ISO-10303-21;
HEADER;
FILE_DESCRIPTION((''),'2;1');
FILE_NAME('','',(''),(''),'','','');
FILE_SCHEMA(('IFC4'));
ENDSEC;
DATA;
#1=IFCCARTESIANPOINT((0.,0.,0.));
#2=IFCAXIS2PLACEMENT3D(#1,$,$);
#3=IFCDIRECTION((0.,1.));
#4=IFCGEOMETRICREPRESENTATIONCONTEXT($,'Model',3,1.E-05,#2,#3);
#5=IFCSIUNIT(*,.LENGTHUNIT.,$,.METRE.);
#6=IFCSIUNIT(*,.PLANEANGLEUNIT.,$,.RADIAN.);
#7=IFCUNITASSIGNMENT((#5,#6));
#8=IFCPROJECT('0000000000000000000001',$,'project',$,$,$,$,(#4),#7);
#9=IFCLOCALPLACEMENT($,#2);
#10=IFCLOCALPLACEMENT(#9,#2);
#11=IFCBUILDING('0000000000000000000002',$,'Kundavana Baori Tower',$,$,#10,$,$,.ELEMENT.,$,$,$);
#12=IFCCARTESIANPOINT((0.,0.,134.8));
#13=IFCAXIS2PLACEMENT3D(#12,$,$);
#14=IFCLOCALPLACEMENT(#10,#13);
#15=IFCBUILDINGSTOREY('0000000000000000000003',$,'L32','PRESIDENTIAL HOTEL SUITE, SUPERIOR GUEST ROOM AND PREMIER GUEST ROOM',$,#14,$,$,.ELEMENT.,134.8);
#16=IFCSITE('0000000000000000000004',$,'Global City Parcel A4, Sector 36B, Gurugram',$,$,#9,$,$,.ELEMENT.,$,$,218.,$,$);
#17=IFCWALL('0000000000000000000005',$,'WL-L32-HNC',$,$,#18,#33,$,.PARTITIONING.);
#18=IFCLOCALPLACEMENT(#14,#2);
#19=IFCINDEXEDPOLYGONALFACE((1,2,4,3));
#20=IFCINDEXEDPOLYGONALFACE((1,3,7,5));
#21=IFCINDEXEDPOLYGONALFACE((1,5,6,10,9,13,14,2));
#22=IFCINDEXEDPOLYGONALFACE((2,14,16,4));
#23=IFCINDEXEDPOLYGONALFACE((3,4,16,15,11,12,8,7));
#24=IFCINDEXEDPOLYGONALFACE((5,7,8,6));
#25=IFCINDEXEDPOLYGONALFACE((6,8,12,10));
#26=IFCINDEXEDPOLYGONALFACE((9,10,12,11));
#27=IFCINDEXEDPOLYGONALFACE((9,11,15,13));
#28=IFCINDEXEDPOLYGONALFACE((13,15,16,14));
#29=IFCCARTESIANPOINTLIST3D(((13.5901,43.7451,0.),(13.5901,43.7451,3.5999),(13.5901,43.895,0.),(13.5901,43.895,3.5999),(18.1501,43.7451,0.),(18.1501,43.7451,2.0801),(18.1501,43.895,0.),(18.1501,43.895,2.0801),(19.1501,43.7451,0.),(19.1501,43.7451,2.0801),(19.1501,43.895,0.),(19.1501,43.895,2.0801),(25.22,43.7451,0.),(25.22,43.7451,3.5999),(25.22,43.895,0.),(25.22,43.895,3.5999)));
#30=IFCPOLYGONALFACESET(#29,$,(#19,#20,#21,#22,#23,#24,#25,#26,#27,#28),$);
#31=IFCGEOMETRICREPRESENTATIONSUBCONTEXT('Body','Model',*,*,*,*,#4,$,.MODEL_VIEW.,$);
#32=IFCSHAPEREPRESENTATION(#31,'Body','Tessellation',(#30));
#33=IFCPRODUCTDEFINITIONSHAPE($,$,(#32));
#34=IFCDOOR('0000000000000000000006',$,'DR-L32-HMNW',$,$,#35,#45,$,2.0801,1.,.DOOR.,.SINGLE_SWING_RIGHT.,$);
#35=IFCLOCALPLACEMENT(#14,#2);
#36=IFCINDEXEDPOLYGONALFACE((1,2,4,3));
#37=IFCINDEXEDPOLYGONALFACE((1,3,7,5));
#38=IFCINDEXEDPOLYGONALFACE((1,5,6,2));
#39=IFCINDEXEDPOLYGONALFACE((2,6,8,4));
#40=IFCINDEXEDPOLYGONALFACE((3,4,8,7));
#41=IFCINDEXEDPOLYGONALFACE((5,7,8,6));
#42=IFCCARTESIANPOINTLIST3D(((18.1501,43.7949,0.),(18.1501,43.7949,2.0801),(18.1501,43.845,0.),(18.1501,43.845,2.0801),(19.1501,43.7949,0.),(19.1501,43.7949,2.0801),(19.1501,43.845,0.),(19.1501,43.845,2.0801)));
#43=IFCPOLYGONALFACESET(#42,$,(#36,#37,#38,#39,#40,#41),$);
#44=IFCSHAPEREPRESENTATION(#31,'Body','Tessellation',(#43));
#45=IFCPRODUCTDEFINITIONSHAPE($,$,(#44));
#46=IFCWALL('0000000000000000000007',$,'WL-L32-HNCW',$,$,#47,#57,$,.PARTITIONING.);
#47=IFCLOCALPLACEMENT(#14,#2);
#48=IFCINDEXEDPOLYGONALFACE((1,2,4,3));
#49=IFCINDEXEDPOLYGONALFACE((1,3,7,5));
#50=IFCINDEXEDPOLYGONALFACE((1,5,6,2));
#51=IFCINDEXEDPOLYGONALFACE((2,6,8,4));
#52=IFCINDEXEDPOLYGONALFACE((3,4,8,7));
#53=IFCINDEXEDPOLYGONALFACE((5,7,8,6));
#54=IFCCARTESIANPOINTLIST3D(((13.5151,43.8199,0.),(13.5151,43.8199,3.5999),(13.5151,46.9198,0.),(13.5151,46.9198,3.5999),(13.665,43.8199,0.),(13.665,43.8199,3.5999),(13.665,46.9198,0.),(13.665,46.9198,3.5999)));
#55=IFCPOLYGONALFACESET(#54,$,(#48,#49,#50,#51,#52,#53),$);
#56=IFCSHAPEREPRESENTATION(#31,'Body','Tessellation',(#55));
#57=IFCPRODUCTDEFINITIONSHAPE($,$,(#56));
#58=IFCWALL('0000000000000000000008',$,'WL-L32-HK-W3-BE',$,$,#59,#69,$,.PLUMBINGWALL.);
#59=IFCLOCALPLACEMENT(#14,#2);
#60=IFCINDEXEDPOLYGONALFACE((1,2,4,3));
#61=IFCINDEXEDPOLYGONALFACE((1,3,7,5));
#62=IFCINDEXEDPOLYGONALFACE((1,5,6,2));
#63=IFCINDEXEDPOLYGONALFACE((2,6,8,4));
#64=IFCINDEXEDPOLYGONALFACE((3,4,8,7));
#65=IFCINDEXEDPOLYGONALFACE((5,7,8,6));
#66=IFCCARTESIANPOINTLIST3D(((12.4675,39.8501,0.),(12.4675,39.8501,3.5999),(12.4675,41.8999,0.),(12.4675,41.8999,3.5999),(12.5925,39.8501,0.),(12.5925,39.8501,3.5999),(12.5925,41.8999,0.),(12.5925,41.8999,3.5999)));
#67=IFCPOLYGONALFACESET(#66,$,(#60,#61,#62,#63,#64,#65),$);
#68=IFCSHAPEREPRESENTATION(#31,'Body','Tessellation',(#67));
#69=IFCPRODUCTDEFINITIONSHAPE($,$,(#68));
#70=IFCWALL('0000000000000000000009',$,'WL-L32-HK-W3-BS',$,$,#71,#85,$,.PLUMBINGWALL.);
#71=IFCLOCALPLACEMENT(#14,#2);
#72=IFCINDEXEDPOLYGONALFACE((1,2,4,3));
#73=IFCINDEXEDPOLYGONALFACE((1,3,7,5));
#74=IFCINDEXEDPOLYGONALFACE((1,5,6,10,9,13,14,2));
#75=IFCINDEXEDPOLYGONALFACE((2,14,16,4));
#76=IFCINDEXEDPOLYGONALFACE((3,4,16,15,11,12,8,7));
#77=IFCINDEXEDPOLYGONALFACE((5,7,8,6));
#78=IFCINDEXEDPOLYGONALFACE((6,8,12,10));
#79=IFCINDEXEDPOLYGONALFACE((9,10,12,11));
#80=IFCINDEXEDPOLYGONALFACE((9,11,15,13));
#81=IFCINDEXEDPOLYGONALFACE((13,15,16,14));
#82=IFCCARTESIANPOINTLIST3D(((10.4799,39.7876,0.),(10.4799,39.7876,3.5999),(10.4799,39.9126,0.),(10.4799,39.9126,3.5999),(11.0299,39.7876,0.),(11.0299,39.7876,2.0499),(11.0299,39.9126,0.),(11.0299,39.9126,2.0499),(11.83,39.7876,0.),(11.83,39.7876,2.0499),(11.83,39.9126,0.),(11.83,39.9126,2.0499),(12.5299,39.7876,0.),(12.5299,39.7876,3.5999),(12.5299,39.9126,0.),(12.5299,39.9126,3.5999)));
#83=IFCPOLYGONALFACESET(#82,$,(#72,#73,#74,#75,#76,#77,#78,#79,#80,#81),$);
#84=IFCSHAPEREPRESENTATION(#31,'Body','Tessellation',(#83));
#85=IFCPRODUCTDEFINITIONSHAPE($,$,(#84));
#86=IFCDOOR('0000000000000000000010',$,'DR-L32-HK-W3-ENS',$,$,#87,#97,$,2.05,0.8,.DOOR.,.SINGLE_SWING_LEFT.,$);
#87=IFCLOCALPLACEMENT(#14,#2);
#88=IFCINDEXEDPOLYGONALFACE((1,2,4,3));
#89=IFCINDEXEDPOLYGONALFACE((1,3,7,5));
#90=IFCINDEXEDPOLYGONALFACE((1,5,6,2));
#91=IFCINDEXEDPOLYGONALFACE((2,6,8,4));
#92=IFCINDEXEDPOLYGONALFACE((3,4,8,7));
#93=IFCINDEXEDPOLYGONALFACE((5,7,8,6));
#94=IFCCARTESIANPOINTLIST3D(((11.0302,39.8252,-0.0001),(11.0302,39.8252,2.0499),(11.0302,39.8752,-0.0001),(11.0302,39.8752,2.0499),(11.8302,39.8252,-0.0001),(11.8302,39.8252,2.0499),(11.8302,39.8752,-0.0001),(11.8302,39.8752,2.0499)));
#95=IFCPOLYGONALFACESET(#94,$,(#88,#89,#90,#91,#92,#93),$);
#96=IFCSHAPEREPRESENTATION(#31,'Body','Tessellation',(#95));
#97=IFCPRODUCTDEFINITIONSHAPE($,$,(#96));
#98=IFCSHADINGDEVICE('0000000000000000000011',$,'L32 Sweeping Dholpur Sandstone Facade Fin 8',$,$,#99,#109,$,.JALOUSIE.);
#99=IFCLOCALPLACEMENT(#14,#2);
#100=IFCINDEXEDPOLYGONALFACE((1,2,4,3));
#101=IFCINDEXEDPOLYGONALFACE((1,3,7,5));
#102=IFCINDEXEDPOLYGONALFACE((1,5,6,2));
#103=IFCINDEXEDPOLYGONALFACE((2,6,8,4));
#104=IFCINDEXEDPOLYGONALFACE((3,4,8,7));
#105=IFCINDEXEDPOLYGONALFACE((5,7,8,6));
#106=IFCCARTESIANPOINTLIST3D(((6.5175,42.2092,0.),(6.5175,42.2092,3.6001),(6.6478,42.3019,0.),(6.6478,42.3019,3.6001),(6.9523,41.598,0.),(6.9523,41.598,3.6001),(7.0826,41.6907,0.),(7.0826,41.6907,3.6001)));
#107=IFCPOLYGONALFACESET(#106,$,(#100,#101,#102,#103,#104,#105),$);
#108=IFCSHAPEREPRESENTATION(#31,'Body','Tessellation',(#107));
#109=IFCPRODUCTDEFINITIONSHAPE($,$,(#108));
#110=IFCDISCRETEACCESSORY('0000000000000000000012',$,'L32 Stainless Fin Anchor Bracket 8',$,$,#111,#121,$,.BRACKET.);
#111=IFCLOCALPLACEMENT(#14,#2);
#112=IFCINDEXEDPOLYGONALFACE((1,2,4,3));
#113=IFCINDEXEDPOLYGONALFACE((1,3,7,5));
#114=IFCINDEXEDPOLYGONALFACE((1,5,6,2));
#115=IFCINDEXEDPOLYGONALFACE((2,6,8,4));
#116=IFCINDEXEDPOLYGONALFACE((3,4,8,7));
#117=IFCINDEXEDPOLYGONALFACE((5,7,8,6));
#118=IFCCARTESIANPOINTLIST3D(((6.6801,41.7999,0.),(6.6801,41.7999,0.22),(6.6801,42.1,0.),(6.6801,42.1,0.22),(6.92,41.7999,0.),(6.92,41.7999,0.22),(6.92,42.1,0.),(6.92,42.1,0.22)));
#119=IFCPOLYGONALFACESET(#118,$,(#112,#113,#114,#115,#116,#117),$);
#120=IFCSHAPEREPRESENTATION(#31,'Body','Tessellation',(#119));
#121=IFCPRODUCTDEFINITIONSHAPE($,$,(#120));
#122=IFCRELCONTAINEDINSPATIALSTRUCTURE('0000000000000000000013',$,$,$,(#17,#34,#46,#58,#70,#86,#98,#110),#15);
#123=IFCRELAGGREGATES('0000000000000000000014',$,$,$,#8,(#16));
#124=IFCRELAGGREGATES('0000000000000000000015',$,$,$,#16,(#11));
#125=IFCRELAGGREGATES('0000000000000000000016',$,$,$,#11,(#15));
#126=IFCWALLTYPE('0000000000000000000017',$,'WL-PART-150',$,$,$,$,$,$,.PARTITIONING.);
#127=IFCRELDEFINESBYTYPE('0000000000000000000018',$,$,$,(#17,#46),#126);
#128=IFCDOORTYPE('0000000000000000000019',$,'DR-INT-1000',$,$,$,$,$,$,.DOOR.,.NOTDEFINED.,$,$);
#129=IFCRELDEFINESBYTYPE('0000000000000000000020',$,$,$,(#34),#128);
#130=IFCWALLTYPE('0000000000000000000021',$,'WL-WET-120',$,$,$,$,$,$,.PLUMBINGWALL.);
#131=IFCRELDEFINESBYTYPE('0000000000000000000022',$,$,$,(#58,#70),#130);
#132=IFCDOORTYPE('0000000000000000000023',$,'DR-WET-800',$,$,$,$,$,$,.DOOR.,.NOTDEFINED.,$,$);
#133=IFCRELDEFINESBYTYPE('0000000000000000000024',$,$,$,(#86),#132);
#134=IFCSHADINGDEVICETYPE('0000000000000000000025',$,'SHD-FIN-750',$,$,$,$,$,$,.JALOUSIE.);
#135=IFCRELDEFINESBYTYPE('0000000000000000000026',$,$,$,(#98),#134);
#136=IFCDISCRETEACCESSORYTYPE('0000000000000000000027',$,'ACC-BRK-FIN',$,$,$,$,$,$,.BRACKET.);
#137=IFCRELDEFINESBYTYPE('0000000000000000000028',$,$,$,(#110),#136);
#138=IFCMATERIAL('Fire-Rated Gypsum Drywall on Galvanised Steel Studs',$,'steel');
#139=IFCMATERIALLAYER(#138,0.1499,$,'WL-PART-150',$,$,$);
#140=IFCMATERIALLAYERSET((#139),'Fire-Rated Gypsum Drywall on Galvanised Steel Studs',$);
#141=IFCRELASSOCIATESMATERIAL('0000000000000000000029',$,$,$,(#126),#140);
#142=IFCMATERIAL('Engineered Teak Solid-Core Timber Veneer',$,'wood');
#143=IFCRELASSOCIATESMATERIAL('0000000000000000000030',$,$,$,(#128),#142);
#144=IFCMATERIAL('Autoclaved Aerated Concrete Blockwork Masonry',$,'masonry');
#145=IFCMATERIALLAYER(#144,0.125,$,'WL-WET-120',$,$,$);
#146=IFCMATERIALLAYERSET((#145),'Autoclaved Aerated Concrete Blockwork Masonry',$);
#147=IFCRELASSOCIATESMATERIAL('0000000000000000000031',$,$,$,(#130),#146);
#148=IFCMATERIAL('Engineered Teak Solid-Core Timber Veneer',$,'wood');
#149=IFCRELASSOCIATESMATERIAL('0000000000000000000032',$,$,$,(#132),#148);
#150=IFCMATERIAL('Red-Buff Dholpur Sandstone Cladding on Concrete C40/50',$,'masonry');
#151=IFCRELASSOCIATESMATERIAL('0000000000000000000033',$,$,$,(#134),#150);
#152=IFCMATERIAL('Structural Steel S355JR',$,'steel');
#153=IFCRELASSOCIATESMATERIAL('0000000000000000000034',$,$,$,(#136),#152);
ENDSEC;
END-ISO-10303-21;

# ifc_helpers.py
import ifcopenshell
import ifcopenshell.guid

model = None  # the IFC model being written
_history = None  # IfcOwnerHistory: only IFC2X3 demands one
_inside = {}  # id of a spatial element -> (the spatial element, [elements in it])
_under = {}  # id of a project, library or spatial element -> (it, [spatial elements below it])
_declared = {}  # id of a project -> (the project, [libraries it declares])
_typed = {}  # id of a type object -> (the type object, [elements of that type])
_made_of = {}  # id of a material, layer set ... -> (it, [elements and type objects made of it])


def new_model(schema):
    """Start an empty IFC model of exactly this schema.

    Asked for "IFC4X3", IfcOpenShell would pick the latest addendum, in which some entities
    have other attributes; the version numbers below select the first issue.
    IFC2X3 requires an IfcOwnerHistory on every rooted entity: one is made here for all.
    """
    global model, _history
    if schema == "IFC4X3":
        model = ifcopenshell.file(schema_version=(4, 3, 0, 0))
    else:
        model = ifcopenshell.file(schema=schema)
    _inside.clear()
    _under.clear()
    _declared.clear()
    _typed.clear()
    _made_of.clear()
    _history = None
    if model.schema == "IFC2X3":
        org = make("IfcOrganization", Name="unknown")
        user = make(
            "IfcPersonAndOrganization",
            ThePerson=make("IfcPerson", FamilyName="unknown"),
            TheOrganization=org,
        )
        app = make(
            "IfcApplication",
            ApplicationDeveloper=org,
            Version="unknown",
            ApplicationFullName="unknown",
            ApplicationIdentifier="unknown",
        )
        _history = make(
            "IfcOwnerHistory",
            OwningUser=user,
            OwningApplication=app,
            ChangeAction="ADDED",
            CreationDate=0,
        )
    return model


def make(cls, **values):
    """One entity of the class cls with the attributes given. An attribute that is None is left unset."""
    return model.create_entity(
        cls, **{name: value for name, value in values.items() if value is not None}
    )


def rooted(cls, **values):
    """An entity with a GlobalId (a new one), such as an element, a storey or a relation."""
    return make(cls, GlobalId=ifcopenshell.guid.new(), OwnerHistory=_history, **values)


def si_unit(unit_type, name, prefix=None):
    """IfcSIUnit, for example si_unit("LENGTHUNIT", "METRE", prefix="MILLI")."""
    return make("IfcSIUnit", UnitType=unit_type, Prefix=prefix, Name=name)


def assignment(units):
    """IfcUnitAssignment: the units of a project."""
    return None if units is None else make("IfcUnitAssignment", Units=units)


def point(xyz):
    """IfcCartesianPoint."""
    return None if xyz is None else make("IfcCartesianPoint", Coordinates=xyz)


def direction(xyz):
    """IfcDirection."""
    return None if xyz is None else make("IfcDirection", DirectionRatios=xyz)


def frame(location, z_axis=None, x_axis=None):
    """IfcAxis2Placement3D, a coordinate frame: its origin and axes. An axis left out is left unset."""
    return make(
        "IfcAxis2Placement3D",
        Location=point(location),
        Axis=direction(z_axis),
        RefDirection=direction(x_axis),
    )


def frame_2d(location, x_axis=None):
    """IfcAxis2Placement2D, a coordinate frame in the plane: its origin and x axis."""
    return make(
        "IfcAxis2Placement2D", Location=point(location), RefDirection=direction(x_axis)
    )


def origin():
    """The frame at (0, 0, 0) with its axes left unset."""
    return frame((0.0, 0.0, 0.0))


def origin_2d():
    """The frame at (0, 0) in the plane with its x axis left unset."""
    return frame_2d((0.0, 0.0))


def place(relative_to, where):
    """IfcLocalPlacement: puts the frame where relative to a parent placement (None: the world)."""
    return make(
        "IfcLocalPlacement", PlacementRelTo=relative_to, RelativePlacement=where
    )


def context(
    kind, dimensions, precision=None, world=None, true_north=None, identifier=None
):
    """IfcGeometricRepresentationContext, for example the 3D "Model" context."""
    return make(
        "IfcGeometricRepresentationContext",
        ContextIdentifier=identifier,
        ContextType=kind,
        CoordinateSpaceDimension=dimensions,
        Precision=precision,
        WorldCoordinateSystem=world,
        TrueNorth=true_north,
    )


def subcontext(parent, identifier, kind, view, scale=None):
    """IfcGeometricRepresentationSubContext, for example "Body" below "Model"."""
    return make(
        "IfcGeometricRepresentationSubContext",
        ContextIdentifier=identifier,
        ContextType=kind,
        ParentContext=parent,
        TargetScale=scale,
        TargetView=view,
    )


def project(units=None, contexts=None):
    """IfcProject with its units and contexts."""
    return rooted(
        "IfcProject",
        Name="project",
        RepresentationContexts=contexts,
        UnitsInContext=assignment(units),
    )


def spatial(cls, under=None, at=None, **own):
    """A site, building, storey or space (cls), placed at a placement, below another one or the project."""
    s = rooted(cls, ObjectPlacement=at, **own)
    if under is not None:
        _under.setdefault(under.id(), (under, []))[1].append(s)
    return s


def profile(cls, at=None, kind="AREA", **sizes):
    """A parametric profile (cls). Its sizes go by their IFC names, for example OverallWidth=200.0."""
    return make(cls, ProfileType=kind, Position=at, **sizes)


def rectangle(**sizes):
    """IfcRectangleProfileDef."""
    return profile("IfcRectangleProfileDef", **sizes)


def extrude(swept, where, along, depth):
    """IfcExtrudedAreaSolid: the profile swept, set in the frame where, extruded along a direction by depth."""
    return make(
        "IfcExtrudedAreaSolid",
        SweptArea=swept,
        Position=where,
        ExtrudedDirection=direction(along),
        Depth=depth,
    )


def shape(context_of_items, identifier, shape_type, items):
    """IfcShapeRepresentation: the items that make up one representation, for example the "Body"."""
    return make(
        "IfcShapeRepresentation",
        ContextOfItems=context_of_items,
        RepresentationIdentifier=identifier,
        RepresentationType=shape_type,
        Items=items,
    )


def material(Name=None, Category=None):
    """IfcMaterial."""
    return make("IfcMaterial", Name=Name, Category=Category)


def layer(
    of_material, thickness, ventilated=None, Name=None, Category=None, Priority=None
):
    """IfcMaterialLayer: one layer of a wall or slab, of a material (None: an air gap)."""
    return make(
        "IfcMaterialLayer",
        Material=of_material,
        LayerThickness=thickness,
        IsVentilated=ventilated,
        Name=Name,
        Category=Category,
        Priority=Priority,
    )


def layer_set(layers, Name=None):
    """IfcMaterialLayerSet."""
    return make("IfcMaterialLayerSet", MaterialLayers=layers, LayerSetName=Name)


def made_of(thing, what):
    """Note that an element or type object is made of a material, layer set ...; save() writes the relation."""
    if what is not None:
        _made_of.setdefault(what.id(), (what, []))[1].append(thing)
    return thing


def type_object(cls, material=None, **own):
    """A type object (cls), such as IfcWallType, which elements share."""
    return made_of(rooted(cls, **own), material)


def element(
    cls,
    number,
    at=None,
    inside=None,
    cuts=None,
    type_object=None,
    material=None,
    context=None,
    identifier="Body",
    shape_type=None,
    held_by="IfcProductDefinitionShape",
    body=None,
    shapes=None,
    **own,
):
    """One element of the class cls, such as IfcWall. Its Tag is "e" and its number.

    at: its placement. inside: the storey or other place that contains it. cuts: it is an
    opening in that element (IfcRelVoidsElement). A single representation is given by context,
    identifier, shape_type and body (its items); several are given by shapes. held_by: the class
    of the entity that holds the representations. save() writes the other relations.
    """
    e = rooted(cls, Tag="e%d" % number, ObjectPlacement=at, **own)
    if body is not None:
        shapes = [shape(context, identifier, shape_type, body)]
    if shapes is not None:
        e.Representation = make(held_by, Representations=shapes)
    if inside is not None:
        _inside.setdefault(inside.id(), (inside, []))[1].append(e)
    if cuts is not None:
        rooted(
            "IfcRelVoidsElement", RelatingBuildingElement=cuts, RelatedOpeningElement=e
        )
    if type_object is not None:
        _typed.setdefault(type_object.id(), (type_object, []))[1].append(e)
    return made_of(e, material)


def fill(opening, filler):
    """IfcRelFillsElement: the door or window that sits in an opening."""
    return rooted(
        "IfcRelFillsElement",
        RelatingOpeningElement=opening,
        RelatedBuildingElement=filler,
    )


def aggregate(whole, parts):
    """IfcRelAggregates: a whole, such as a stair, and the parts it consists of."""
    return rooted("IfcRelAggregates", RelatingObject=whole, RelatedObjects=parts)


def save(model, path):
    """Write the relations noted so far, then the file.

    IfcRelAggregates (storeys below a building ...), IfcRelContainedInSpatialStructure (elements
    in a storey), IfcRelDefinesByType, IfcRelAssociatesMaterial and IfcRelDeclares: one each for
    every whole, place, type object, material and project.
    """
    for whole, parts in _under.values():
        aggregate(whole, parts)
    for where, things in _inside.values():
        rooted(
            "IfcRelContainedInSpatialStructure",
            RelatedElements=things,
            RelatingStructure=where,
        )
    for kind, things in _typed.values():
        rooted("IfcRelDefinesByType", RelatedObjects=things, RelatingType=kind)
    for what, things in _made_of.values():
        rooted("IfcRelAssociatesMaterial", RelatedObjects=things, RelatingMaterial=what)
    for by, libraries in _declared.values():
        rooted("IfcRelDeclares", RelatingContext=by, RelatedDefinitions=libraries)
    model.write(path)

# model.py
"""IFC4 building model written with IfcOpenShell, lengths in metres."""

from ifc_helpers import new_model, si_unit, direction, frame, frame_2d, origin, origin_2d, place, context, subcontext, project, spatial, rectangle, extrude, material, layer, layer_set, type_object, element, fill, save


model = new_model("IFC4")

# Units and contexts
model_context = context("Model", 3, precision=1e-05, world=origin(), true_north=direction((0.0, 1.0)))
body_context = subcontext(model_context, "Body", "Model", "MODEL_VIEW")
ifc_project = project(units=[si_unit("LENGTHUNIT", "METRE"), si_unit("PLANEANGLEUNIT", "RADIAN")], contexts=[model_context])

# Site, building, storey
site_placement = place(None, origin())
site = spatial("IfcSite", under=ifc_project, at=site_placement, Name="Global City Parcel A4, Sector 36B, Gurugram", CompositionType="ELEMENT", RefElevation=218.0)
building_placement = place(site_placement, origin())
building = spatial("IfcBuilding", under=site, at=building_placement, Name="Kundavana Baori Tower", CompositionType="ELEMENT")
storey_placement = place(building_placement, frame((0.0, 0.0, 134.8)))
storey = spatial("IfcBuildingStorey", under=building, at=storey_placement, Name="L32", Description="PRESIDENTIAL HOTEL SUITE, SUPERIOR GUEST ROOM AND PREMIER GUEST ROOM", CompositionType="ELEMENT", Elevation=134.8)

# Shared definitions
ifc_material_1 = material(Name="Fire-Rated Gypsum Drywall on Galvanised Steel Studs", Category="steel")
ifc_layer_1 = layer(ifc_material_1, 0.1499, Name="WL-PART-150")
ifc_layer_set_1 = layer_set([ifc_layer_1], Name="Fire-Rated Gypsum Drywall on Galvanised Steel Studs")
wall_type_1 = type_object("IfcWallType", Name="WL-PART-150", PredefinedType="PARTITIONING", material=ifc_layer_set_1)

# Wall, opening, door
wall_1_placement = place(storey_placement, frame((13.5901, 43.8201, 0.0), z_axis=(0.0, 0.0, 1.0), x_axis=(1.0, 0.0, 0.0)))
wall_1 = element("IfcWall", 1, at=wall_1_placement, inside=storey, type_object=wall_type_1, Name="WL-L32-HNC", PredefinedType="PARTITIONING", context=body_context, shape_type="SweptSolid", body=[
    extrude(rectangle(XDim=11.6299, YDim=0.1499, at=frame_2d((5.8149, 0.0))), origin(), (0.0, 0.0, 1.0), 3.5999),
])
opening_1_placement = place(wall_1_placement, frame((4.5601, 0.0, 0.0)))
opening_1 = element("IfcOpeningElement", 2, at=opening_1_placement, cuts=wall_1, PredefinedType="OPENING", context=body_context, shape_type="SweptSolid", body=[
    extrude(rectangle(XDim=1.0, YDim=2.0801, at=frame_2d((0.5, 1.04))), frame((0.0, 0.085, 0.0), z_axis=(0.0, -1.0, 0.0), x_axis=(1.0, 0.0, 0.0)), (0.0, 0.0, 1.0), 0.1699),
])
ifc_material_2 = material(Name="Engineered Teak Solid-Core Timber Veneer", Category="wood")
door_type_1 = type_object("IfcDoorType", Name="DR-INT-1000", OperationType="NOTDEFINED", PredefinedType="DOOR", material=ifc_material_2)
door_1_placement = place(opening_1_placement, origin())
door_1 = element("IfcDoor", 3, at=door_1_placement, inside=storey, type_object=door_type_1, Name="DR-L32-HMNW", OperationType="SINGLE_SWING_RIGHT", OverallHeight=2.0801, OverallWidth=1.0, PredefinedType="DOOR", context=body_context, shape_type="SweptSolid", body=[
    extrude(rectangle(XDim=1.0, YDim=2.0801, at=frame_2d((0.5, 1.04))), frame((0.0, 0.0249, 0.0), z_axis=(0.0, -1.0, 0.0), x_axis=(1.0, 0.0, 0.0)), (0.0, 0.0, 1.0), 0.05),
])
fill(opening_1, door_1)

# Walls
wall_2_placement = place(storey_placement, frame((13.5901, 43.8201, 0.0), z_axis=(0.0, 0.0, 1.0), x_axis=(0.0, 1.0, 0.0)))
element("IfcWall", 4, at=wall_2_placement, inside=storey, type_object=wall_type_1, Name="WL-L32-HNCW", PredefinedType="PARTITIONING", context=body_context, shape_type="SweptSolid", body=[
    extrude(rectangle(XDim=3.0999, YDim=0.1499, at=frame_2d((1.5498, 0.0))), origin(), (0.0, 0.0, 1.0), 3.5999),
])
ifc_material_3 = material(Name="Autoclaved Aerated Concrete Blockwork Masonry", Category="masonry")
ifc_layer_2 = layer(ifc_material_3, 0.125, Name="WL-WET-120")
ifc_layer_set_2 = layer_set([ifc_layer_2], Name="Autoclaved Aerated Concrete Blockwork Masonry")
wall_type_2 = type_object("IfcWallType", Name="WL-WET-120", PredefinedType="PLUMBINGWALL", material=ifc_layer_set_2)
wall_3_placement = place(storey_placement, frame((12.53, 39.8501, 0.0), z_axis=(0.0, 0.0, 1.0), x_axis=(0.0, 1.0, 0.0)))
element("IfcWall", 5, at=wall_3_placement, inside=storey, type_object=wall_type_2, Name="WL-L32-HK-W3-BE", PredefinedType="PLUMBINGWALL", context=body_context, shape_type="SweptSolid", body=[
    extrude(rectangle(XDim=2.0498, YDim=0.125, at=frame_2d((1.0249, 0.0))), origin(), (0.0, 0.0, 1.0), 3.5999),
])

# Wall, opening, door
wall_4_placement = place(storey_placement, frame((10.48, 39.8501, 0.0), z_axis=(0.0, 0.0, 1.0), x_axis=(1.0, 0.0, 0.0)))
wall_4 = element("IfcWall", 6, at=wall_4_placement, inside=storey, type_object=wall_type_2, Name="WL-L32-HK-W3-BS", PredefinedType="PLUMBINGWALL", context=body_context, shape_type="SweptSolid", body=[
    extrude(rectangle(XDim=2.05, YDim=0.125, at=frame_2d((1.0249, 0.0))), origin(), (0.0, 0.0, 1.0), 3.5999),
])
opening_2_placement = place(wall_4_placement, frame((0.55, 0.0, 0.0)))
opening_2 = element("IfcOpeningElement", 7, at=opening_2_placement, cuts=wall_4, PredefinedType="OPENING", context=body_context, shape_type="SweptSolid", body=[
    extrude(rectangle(XDim=0.8, YDim=2.05, at=frame_2d((0.3999, 1.0249))), frame((0.0, 0.0725, 0.0), z_axis=(0.0, -1.0, 0.0), x_axis=(1.0, 0.0, 0.0)), (0.0, 0.0, 1.0), 0.145),
])
ifc_material_4 = material(Name="Engineered Teak Solid-Core Timber Veneer", Category="wood")
door_type_2 = type_object("IfcDoorType", Name="DR-WET-800", OperationType="NOTDEFINED", PredefinedType="DOOR", material=ifc_material_4)
door_2_placement = place(opening_2_placement, frame((0.8, 0.0, 0.0), z_axis=(0.0, 0.0, 1.0), x_axis=(-1.0, 0.0, 0.0)))
door_2 = element("IfcDoor", 8, at=door_2_placement, inside=storey, type_object=door_type_2, Name="DR-L32-HK-W3-ENS", OperationType="SINGLE_SWING_LEFT", OverallHeight=2.05, OverallWidth=0.8, PredefinedType="DOOR", context=body_context, shape_type="SweptSolid", body=[
    extrude(rectangle(XDim=0.8, YDim=2.05, at=frame_2d((0.3999, 1.0249))), frame((0.0, 0.0249, 0.0), z_axis=(0.0, -1.0, 0.0), x_axis=(1.0, 0.0, 0.0)), (0.0, 0.0, 1.0), 0.05),
])
fill(opening_2, door_2)

# Shading device
ifc_material_5 = material(Name="Red-Buff Dholpur Sandstone Cladding on Concrete C40/50", Category="masonry")
shading_device_type = type_object("IfcShadingDeviceType", Name="SHD-FIN-750", PredefinedType="JALOUSIE", material=ifc_material_5)
shading_device_placement = place(storey_placement, frame((6.8, 41.95, 0.0), z_axis=(0.0, 0.0, 1.0), x_axis=(0.814824, 0.579708, 0.0)))
element("IfcShadingDevice", 9, at=shading_device_placement, inside=storey, type_object=shading_device_type, Name="L32 Sweeping Dholpur Sandstone Facade Fin 8", PredefinedType="JALOUSIE", context=body_context, shape_type="SweptSolid", body=[
    extrude(rectangle(XDim=0.1599, YDim=0.75, at=origin_2d()), origin(), (0.0, 0.0, 1.0), 3.6001),
])

# Discrete accessory
ifc_material_6 = material(Name="Structural Steel S355JR", Category="steel")
discrete_accessory_type = type_object("IfcDiscreteAccessoryType", Name="ACC-BRK-FIN", PredefinedType="BRACKET", material=ifc_material_6)
discrete_accessory_placement = place(storey_placement, frame((6.8, 41.95, 0.0), z_axis=(0.0, 0.0, 1.0), x_axis=(1.0, 0.0, 0.0)))
element("IfcDiscreteAccessory", 10, at=discrete_accessory_placement, inside=storey, type_object=discrete_accessory_type, Name="L32 Stainless Fin Anchor Bracket 8", PredefinedType="BRACKET", context=body_context, shape_type="SweptSolid", body=[
    extrude(rectangle(XDim=0.24, YDim=0.3, at=origin_2d()), origin(), (0.0, 0.0, 1.0), 0.22),
])

save(model, "model.ifc")
